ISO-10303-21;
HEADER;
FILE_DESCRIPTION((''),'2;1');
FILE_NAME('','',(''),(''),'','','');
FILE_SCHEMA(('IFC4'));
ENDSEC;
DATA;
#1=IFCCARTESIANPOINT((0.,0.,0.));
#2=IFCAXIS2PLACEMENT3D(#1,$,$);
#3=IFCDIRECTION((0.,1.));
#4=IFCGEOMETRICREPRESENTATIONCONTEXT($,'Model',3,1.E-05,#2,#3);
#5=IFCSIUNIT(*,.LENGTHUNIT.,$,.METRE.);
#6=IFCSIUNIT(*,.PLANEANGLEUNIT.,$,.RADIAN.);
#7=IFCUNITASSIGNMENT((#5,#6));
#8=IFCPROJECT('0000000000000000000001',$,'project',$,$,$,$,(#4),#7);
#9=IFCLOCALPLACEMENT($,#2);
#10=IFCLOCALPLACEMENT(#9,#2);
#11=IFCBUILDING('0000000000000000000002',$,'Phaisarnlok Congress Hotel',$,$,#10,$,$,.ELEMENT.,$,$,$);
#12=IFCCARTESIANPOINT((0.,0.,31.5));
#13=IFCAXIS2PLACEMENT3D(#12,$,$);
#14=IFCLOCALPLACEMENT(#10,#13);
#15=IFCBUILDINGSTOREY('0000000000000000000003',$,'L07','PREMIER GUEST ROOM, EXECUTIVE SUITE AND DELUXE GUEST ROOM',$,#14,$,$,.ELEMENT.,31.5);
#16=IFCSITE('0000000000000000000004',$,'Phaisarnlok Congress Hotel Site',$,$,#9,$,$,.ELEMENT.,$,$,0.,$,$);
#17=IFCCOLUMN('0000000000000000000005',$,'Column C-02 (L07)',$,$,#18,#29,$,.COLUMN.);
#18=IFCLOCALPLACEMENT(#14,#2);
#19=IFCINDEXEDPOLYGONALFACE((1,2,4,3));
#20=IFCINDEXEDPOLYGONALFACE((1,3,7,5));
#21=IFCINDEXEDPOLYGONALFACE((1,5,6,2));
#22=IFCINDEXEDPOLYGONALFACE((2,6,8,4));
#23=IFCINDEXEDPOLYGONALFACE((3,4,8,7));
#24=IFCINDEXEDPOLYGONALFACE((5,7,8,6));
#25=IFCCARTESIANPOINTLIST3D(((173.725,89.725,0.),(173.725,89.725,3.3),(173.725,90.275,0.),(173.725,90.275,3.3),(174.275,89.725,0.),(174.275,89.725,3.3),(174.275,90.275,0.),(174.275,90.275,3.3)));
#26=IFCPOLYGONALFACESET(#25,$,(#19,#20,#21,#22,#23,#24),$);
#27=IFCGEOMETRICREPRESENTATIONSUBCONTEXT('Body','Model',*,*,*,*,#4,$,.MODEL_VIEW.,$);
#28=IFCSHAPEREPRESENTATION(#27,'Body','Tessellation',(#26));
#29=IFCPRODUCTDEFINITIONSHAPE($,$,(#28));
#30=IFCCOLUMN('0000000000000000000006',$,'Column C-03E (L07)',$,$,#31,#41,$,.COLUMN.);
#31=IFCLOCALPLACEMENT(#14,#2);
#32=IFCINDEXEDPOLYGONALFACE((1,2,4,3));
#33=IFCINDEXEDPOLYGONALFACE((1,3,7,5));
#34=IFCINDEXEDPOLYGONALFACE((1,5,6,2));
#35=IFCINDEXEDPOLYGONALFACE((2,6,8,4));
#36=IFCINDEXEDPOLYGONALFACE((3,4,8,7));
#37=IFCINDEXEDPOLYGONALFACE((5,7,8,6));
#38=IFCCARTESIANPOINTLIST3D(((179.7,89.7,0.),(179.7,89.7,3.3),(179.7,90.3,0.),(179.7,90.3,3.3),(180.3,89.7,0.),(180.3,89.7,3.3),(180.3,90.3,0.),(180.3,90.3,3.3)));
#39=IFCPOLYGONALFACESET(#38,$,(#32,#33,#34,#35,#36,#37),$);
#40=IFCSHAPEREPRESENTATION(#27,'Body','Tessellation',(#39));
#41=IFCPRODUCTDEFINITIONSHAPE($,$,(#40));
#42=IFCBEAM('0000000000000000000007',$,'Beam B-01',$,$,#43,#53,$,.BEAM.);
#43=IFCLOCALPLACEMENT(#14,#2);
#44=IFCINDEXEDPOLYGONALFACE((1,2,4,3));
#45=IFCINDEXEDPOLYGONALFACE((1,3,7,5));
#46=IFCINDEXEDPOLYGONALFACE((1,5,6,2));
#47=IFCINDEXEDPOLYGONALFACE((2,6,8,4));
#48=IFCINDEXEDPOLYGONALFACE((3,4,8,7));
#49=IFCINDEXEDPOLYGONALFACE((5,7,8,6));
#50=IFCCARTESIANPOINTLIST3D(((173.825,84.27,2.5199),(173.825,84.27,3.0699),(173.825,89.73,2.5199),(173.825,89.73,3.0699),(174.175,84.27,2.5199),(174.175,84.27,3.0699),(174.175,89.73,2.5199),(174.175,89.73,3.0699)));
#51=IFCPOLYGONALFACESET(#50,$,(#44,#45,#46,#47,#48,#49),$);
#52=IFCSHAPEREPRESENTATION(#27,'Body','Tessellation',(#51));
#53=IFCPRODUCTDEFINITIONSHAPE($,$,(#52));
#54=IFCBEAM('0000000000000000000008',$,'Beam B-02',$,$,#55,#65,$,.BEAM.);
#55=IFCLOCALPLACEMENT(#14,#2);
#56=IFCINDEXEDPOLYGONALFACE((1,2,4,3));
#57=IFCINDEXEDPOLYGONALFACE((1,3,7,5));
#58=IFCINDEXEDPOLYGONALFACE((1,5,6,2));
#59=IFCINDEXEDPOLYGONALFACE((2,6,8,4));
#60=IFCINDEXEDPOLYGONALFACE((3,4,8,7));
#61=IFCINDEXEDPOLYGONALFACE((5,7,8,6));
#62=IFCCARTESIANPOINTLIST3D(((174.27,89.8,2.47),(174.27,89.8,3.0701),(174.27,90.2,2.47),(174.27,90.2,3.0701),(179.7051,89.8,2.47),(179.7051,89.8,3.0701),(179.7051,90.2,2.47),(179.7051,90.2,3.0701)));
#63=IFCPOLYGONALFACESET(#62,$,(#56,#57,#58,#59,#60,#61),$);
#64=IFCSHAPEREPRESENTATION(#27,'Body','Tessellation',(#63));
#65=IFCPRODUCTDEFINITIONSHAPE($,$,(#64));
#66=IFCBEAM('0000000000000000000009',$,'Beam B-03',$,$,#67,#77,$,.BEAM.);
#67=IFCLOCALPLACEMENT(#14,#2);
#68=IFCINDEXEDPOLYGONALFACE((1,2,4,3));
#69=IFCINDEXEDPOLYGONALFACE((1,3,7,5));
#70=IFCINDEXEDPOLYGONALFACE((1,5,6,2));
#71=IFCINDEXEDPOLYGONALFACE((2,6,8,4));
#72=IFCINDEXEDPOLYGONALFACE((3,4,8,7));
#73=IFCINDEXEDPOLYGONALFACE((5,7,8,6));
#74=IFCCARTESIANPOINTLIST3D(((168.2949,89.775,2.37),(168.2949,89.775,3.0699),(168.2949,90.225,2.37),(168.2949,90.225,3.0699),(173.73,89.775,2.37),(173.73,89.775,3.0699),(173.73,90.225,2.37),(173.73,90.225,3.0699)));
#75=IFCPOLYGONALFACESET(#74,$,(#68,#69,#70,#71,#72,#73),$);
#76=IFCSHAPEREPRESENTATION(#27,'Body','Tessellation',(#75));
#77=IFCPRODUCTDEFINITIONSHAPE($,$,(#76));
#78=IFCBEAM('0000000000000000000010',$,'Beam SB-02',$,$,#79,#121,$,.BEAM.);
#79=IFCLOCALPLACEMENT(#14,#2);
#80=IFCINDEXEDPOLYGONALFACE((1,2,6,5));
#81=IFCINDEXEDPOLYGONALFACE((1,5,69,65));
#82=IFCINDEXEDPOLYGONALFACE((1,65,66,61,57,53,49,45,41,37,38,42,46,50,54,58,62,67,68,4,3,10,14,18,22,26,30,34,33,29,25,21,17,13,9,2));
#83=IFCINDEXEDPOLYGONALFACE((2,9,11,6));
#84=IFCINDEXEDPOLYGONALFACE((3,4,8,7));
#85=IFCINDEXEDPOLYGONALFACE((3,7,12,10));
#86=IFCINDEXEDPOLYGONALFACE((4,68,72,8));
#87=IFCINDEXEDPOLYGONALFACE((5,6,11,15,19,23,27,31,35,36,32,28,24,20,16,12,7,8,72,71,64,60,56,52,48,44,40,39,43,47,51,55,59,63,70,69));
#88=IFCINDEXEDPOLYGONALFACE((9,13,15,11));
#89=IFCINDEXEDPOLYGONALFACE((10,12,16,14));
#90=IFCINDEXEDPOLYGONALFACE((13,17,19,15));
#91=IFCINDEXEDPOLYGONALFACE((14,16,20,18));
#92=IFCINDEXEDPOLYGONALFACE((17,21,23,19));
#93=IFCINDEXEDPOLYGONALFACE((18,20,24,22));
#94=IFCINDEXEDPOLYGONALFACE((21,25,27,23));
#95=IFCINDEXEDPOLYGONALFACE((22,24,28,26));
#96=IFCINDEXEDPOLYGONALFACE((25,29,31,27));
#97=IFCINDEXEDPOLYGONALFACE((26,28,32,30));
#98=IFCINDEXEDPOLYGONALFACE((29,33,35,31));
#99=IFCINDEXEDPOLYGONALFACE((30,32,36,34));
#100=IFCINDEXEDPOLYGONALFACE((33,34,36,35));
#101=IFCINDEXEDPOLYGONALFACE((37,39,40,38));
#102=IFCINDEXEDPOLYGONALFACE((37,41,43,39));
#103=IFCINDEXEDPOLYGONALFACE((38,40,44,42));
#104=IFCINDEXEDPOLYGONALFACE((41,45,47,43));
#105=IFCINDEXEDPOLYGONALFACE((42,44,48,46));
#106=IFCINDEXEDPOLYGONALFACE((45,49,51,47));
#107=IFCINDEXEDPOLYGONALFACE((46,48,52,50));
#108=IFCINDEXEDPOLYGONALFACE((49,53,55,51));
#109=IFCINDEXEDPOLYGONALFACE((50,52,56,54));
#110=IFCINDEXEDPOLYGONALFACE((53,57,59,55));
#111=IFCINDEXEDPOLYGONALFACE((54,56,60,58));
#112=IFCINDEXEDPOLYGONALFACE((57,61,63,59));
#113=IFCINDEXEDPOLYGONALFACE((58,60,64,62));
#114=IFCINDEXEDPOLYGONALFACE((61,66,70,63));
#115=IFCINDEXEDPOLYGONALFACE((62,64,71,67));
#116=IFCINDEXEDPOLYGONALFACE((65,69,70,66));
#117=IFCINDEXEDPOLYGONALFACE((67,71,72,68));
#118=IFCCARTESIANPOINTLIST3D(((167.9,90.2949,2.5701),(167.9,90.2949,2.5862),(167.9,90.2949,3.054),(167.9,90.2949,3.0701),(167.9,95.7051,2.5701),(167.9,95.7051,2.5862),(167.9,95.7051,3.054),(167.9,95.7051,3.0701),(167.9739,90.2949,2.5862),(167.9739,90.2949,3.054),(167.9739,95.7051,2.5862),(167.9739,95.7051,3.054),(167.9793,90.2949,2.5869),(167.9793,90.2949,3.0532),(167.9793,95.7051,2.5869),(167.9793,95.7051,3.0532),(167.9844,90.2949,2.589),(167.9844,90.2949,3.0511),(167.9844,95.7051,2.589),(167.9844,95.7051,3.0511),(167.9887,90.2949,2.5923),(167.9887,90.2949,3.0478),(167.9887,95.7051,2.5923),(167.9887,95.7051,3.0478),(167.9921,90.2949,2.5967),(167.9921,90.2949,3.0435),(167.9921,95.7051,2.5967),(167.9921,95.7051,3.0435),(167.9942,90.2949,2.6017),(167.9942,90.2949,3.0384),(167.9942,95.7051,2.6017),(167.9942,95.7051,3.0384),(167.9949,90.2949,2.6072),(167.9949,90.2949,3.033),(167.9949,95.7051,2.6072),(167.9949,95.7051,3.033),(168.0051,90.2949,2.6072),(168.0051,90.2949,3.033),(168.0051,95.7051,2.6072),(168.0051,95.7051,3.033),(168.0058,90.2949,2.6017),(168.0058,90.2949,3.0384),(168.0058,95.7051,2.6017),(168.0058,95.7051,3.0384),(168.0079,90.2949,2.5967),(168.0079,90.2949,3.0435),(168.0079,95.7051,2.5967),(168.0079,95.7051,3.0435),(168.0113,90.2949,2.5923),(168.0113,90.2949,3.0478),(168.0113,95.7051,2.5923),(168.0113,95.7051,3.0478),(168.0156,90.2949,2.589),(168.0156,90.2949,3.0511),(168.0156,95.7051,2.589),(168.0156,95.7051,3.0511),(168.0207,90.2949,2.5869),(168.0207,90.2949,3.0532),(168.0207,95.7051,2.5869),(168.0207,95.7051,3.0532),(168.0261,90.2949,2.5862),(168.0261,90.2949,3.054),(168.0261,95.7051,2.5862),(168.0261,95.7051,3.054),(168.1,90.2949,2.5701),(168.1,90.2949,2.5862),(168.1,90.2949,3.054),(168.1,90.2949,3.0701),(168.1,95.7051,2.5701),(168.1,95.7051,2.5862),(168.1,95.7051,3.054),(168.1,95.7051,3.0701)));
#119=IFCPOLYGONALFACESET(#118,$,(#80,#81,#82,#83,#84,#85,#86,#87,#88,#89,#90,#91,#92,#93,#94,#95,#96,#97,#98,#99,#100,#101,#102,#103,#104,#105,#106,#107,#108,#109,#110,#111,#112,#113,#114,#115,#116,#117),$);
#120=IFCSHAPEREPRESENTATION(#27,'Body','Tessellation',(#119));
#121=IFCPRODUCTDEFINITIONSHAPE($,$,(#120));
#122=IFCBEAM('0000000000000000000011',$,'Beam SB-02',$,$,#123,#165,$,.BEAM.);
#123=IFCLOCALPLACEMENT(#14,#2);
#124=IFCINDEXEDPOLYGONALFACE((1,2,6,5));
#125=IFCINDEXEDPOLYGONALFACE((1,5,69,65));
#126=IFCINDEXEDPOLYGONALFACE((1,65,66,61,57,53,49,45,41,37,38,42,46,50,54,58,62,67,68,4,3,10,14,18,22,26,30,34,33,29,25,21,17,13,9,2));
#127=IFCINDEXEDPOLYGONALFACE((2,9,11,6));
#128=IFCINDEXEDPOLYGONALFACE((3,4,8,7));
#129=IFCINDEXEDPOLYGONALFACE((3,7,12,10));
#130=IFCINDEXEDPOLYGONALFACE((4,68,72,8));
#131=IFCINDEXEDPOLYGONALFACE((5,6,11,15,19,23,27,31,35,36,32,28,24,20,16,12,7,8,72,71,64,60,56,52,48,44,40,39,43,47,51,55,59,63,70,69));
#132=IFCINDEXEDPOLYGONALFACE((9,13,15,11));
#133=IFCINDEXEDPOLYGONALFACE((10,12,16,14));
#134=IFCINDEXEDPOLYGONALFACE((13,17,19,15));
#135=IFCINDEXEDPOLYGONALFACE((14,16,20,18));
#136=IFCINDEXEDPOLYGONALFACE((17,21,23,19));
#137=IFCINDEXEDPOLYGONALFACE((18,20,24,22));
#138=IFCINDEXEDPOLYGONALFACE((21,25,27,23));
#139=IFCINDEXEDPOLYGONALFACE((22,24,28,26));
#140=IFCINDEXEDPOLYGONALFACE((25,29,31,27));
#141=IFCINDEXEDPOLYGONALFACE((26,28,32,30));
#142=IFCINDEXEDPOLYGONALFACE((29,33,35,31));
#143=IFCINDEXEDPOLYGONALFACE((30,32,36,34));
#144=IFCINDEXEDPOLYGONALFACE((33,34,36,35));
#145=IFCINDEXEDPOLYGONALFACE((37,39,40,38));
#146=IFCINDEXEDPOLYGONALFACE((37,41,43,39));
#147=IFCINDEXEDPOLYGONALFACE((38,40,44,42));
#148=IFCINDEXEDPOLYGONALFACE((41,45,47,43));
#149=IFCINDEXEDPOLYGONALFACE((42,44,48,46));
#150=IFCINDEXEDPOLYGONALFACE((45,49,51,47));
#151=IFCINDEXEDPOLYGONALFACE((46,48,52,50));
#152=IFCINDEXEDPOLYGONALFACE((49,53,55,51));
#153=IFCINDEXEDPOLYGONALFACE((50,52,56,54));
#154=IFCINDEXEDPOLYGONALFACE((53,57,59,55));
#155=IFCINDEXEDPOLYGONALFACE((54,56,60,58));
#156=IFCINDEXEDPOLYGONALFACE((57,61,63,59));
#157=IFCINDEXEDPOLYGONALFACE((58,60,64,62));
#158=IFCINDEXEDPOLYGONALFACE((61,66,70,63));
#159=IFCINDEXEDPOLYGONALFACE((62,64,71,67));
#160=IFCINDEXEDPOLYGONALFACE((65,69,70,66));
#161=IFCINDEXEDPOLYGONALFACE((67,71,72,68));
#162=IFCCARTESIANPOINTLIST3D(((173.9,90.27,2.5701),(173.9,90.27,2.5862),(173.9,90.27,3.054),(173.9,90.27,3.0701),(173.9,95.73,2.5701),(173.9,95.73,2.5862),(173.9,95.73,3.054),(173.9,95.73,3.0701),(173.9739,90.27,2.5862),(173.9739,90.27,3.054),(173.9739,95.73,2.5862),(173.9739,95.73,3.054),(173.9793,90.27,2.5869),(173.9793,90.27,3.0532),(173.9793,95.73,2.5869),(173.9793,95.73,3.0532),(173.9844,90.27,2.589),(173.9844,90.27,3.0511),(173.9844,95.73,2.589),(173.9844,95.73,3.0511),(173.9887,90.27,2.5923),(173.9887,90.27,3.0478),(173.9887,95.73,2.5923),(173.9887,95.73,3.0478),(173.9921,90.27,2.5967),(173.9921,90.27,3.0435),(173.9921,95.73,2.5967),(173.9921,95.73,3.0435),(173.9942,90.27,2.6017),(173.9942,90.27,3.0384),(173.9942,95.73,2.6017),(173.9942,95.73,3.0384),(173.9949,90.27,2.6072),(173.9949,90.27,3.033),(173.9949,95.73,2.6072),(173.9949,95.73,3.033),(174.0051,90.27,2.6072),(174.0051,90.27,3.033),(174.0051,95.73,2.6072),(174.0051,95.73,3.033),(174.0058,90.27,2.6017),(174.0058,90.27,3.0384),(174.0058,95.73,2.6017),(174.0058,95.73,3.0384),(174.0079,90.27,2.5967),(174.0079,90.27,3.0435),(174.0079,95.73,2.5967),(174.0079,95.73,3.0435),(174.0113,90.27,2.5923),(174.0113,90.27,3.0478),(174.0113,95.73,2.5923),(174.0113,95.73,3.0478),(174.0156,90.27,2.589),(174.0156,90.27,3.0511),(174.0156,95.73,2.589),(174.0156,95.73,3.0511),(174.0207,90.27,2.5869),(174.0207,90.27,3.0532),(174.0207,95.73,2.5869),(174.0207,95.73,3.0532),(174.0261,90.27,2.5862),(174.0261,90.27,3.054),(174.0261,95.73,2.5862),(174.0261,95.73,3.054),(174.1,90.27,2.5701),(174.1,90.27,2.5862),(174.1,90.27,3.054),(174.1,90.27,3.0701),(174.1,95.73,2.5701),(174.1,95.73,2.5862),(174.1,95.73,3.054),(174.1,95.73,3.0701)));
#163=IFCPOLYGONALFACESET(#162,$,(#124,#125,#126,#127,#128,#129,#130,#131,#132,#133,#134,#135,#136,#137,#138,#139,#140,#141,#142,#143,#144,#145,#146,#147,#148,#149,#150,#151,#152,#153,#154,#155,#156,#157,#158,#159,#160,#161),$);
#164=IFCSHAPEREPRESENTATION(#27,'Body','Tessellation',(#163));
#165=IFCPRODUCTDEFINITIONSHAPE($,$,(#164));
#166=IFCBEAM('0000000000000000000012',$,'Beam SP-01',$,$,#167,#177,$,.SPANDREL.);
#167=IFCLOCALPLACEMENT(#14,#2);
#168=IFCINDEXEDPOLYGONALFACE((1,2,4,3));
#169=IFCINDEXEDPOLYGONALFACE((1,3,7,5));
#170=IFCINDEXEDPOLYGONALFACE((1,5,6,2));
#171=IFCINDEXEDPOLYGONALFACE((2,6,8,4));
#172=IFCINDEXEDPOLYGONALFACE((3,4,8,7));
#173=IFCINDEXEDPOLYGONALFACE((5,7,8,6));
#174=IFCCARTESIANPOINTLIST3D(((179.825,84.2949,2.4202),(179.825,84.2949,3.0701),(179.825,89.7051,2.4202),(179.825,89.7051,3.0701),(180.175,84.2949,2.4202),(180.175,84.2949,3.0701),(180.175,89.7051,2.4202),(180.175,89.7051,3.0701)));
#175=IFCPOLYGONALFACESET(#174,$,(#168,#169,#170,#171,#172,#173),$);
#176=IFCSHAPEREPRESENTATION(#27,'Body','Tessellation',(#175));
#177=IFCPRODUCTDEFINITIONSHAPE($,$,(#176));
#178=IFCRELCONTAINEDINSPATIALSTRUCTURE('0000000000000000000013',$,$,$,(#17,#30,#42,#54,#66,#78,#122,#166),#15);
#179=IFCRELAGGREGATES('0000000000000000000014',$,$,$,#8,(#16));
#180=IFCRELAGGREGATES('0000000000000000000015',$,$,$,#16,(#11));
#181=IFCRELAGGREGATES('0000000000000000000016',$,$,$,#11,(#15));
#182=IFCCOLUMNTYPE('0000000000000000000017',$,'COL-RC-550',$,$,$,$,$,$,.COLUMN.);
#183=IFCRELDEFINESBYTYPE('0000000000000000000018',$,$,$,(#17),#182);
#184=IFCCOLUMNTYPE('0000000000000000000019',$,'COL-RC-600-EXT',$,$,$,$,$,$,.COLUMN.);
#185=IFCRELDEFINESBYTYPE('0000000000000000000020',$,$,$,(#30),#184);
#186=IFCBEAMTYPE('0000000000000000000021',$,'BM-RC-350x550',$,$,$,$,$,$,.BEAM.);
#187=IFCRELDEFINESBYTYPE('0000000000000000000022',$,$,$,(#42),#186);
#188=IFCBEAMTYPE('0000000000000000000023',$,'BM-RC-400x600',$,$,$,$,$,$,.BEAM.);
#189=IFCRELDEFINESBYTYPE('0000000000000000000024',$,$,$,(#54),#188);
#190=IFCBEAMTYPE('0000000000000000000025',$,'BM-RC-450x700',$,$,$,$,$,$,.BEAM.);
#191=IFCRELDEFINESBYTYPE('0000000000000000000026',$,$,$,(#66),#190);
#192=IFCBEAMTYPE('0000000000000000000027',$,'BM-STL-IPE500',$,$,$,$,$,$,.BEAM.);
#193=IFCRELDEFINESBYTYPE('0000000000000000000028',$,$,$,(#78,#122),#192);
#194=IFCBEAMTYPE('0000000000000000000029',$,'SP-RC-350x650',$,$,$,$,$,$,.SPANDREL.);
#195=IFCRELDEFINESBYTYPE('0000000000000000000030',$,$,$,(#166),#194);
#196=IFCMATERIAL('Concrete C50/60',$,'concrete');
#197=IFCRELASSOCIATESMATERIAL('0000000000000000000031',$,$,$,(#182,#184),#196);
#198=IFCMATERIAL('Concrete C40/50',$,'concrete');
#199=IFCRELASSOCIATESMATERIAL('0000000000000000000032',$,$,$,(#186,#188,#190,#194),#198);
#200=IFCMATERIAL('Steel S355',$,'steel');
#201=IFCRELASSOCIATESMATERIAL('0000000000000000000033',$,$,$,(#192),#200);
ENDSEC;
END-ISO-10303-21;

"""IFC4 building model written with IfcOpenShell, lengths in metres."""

from ifc_helpers import new_model, si_unit, direction, frame, origin, origin_2d, place, context, subcontext, project, spatial, rectangle, i_section, extrude, material, material_profile, profile_set, type_object, element, save


model = new_model("IFC4")

# Units and contexts
model_context = context("Model", 3, precision=1e-05, world=origin(), true_north=direction((0.0, 1.0)))
body_context = subcontext(model_context, "Body", "Model", "MODEL_VIEW")
ifc_project = project(units=[si_unit("LENGTHUNIT", "METRE"), si_unit("PLANEANGLEUNIT", "RADIAN")], contexts=[model_context])

# Site, building, storey
site_placement = place(None, origin())
site = spatial("IfcSite", under=ifc_project, at=site_placement, Name="Phaisarnlok Congress Hotel Site", CompositionType="ELEMENT", RefElevation=0.0)
building_placement = place(site_placement, origin())
building = spatial("IfcBuilding", under=site, at=building_placement, Name="Phaisarnlok Congress Hotel", CompositionType="ELEMENT")
storey_placement = place(building_placement, frame((0.0, 0.0, 31.5)))
storey = spatial("IfcBuildingStorey", under=building, at=storey_placement, Name="L07", Description="PREMIER GUEST ROOM, EXECUTIVE SUITE AND DELUXE GUEST ROOM", CompositionType="ELEMENT", Elevation=31.5)

# Columns
ifc_material_1 = material(Name="Concrete C50/60", Category="concrete")
ifc_material_profile_1 = material_profile(ifc_material_1, rectangle(XDim=0.55, YDim=0.55, at=origin_2d()), Name="RC 550x550")
ifc_profile_set_1 = profile_set([ifc_material_profile_1], Name="Concrete C50/60")
column_type_1 = type_object("IfcColumnType", Name="COL-RC-550", PredefinedType="COLUMN", material=ifc_profile_set_1)
column_1_placement = place(storey_placement, frame((174.0, 90.0, 0.0), z_axis=(0.0, 0.0, 1.0), x_axis=(1.0, 0.0, 0.0)))
element("IfcColumn", 1, at=column_1_placement, inside=storey, type_object=column_type_1, Name="Column C-02 (L07)", PredefinedType="COLUMN", context=body_context, shape_type="SweptSolid", body=[
    extrude(rectangle(XDim=0.55, YDim=0.55, at=origin_2d()), origin(), (0.0, 0.0, 1.0), 3.3),
])
ifc_material_profile_2 = material_profile(ifc_material_1, rectangle(XDim=0.6001, YDim=0.6001, at=origin_2d()), Name="RC 600x600")
ifc_profile_set_2 = profile_set([ifc_material_profile_2], Name="Concrete C50/60")
column_type_2 = type_object("IfcColumnType", Name="COL-RC-600-EXT", PredefinedType="COLUMN", material=ifc_profile_set_2)
column_2_placement = place(storey_placement, frame((180.0, 90.0, 0.0), z_axis=(0.0, 0.0, 1.0), x_axis=(1.0, 0.0, 0.0)))
element("IfcColumn", 2, at=column_2_placement, inside=storey, type_object=column_type_2, Name="Column C-03E (L07)", PredefinedType="COLUMN", context=body_context, shape_type="SweptSolid", body=[
    extrude(rectangle(XDim=0.6001, YDim=0.6001, at=origin_2d()), origin(), (0.0, 0.0, 1.0), 3.3),
])

# Beams
ifc_material_2 = material(Name="Concrete C40/50", Category="concrete")
ifc_material_profile_3 = material_profile(ifc_material_2, rectangle(XDim=0.3501, YDim=0.55, at=origin_2d()), Name="RC 350x550")
ifc_profile_set_3 = profile_set([ifc_material_profile_3], Name="Concrete C40/50")
beam_type_1 = type_object("IfcBeamType", Name="BM-RC-350x550", PredefinedType="BEAM", material=ifc_profile_set_3)
beam_1_placement = place(storey_placement, frame((174.0, 84.27, 2.7949), z_axis=(0.0, 1.0, 0.0), x_axis=(-1.0, 0.0, 0.0)))
element("IfcBeam", 3, at=beam_1_placement, inside=storey, type_object=beam_type_1, Name="Beam B-01", PredefinedType="BEAM", context=body_context, shape_type="SweptSolid", body=[
    extrude(rectangle(XDim=0.3501, YDim=0.55, at=origin_2d()), origin(), (0.0, 0.0, 1.0), 5.46),
])
ifc_material_profile_4 = material_profile(ifc_material_2, rectangle(XDim=0.3999, YDim=0.6001, at=origin_2d()), Name="RC 400x600")
ifc_profile_set_4 = profile_set([ifc_material_profile_4], Name="Concrete C40/50")
beam_type_2 = type_object("IfcBeamType", Name="BM-RC-400x600", PredefinedType="BEAM", material=ifc_profile_set_4)
beam_2_placement = place(storey_placement, frame((174.27, 90.0, 2.77), z_axis=(1.0, 0.0, 0.0), x_axis=(0.0, 1.0, 0.0)))
element("IfcBeam", 4, at=beam_2_placement, inside=storey, type_object=beam_type_2, Name="Beam B-02", PredefinedType="BEAM", context=body_context, shape_type="SweptSolid", body=[
    extrude(rectangle(XDim=0.3999, YDim=0.6001, at=origin_2d()), origin(), (0.0, 0.0, 1.0), 5.4351),
])
ifc_material_profile_5 = material_profile(ifc_material_2, rectangle(XDim=0.45, YDim=0.7, at=origin_2d()), Name="RC 450x700")
ifc_profile_set_5 = profile_set([ifc_material_profile_5], Name="Concrete C40/50")
beam_type_3 = type_object("IfcBeamType", Name="BM-RC-450x700", PredefinedType="BEAM", material=ifc_profile_set_5)
beam_3_placement = place(storey_placement, frame((168.2949, 90.0, 2.72), z_axis=(1.0, 0.0, 0.0), x_axis=(0.0, 1.0, 0.0)))
element("IfcBeam", 5, at=beam_3_placement, inside=storey, type_object=beam_type_3, Name="Beam B-03", PredefinedType="BEAM", context=body_context, shape_type="SweptSolid", body=[
    extrude(rectangle(XDim=0.45, YDim=0.7, at=origin_2d()), origin(), (0.0, 0.0, 1.0), 5.4351),
])
ifc_material_3 = material(Name="Steel S355", Category="steel")
ifc_material_profile_6 = material_profile(ifc_material_3, i_section(OverallWidth=0.2, OverallDepth=0.5, WebThickness=0.0103, FlangeThickness=0.0161, FilletRadius=0.021, at=origin_2d()), Name="IPE 500")
ifc_profile_set_6 = profile_set([ifc_material_profile_6], Name="Steel S355")
beam_type_4 = type_object("IfcBeamType", Name="BM-STL-IPE500", PredefinedType="BEAM", material=ifc_profile_set_6)
beam_4_placement = place(storey_placement, frame((168.0, 90.2949, 2.8201), z_axis=(0.0, 1.0, 0.0), x_axis=(-1.0, 0.0, 0.0)))
element("IfcBeam", 6, at=beam_4_placement, inside=storey, type_object=beam_type_4, Name="Beam SB-02", PredefinedType="BEAM", context=body_context, shape_type="SweptSolid", body=[
    extrude(i_section(OverallWidth=0.2, OverallDepth=0.5, WebThickness=0.0103, FlangeThickness=0.0161, FilletRadius=0.021, at=origin_2d()), origin(), (0.0, 0.0, 1.0), 5.4102),
])
beam_5_placement = place(storey_placement, frame((174.0, 90.27, 2.8201), z_axis=(0.0, 1.0, 0.0), x_axis=(-1.0, 0.0, 0.0)))
element("IfcBeam", 7, at=beam_5_placement, inside=storey, type_object=beam_type_4, Name="Beam SB-02", PredefinedType="BEAM", context=body_context, shape_type="SweptSolid", body=[
    extrude(i_section(OverallWidth=0.2, OverallDepth=0.5, WebThickness=0.0103, FlangeThickness=0.0161, FilletRadius=0.021, at=origin_2d()), origin(), (0.0, 0.0, 1.0), 5.46),
])
ifc_material_profile_7 = material_profile(ifc_material_2, rectangle(XDim=0.3501, YDim=0.6499, at=origin_2d()), Name="RC 350x650")
ifc_profile_set_7 = profile_set([ifc_material_profile_7], Name="Concrete C40/50")
beam_type_5 = type_object("IfcBeamType", Name="SP-RC-350x650", PredefinedType="SPANDREL", material=ifc_profile_set_7)
for number, where, z_axis, x_axis, name in (
    (8, (180.0, 84.2949, 2.7451), (0.0, 1.0, 0.0), (-1.0, 0.0, 0.0), "Beam SP-01"),
):
    element("IfcBeam", number, at=place(storey_placement, frame(where, z_axis=z_axis, x_axis=x_axis)), inside=storey, type_object=beam_type_5, Name=name, PredefinedType="SPANDREL", context=body_context, shape_type="SweptSolid", body=[
        extrude(rectangle(XDim=0.3501, YDim=0.6499, at=origin_2d()), origin(), (0.0, 0.0, 1.0), 5.4102),
    ])

save(model, "model.ifc")
